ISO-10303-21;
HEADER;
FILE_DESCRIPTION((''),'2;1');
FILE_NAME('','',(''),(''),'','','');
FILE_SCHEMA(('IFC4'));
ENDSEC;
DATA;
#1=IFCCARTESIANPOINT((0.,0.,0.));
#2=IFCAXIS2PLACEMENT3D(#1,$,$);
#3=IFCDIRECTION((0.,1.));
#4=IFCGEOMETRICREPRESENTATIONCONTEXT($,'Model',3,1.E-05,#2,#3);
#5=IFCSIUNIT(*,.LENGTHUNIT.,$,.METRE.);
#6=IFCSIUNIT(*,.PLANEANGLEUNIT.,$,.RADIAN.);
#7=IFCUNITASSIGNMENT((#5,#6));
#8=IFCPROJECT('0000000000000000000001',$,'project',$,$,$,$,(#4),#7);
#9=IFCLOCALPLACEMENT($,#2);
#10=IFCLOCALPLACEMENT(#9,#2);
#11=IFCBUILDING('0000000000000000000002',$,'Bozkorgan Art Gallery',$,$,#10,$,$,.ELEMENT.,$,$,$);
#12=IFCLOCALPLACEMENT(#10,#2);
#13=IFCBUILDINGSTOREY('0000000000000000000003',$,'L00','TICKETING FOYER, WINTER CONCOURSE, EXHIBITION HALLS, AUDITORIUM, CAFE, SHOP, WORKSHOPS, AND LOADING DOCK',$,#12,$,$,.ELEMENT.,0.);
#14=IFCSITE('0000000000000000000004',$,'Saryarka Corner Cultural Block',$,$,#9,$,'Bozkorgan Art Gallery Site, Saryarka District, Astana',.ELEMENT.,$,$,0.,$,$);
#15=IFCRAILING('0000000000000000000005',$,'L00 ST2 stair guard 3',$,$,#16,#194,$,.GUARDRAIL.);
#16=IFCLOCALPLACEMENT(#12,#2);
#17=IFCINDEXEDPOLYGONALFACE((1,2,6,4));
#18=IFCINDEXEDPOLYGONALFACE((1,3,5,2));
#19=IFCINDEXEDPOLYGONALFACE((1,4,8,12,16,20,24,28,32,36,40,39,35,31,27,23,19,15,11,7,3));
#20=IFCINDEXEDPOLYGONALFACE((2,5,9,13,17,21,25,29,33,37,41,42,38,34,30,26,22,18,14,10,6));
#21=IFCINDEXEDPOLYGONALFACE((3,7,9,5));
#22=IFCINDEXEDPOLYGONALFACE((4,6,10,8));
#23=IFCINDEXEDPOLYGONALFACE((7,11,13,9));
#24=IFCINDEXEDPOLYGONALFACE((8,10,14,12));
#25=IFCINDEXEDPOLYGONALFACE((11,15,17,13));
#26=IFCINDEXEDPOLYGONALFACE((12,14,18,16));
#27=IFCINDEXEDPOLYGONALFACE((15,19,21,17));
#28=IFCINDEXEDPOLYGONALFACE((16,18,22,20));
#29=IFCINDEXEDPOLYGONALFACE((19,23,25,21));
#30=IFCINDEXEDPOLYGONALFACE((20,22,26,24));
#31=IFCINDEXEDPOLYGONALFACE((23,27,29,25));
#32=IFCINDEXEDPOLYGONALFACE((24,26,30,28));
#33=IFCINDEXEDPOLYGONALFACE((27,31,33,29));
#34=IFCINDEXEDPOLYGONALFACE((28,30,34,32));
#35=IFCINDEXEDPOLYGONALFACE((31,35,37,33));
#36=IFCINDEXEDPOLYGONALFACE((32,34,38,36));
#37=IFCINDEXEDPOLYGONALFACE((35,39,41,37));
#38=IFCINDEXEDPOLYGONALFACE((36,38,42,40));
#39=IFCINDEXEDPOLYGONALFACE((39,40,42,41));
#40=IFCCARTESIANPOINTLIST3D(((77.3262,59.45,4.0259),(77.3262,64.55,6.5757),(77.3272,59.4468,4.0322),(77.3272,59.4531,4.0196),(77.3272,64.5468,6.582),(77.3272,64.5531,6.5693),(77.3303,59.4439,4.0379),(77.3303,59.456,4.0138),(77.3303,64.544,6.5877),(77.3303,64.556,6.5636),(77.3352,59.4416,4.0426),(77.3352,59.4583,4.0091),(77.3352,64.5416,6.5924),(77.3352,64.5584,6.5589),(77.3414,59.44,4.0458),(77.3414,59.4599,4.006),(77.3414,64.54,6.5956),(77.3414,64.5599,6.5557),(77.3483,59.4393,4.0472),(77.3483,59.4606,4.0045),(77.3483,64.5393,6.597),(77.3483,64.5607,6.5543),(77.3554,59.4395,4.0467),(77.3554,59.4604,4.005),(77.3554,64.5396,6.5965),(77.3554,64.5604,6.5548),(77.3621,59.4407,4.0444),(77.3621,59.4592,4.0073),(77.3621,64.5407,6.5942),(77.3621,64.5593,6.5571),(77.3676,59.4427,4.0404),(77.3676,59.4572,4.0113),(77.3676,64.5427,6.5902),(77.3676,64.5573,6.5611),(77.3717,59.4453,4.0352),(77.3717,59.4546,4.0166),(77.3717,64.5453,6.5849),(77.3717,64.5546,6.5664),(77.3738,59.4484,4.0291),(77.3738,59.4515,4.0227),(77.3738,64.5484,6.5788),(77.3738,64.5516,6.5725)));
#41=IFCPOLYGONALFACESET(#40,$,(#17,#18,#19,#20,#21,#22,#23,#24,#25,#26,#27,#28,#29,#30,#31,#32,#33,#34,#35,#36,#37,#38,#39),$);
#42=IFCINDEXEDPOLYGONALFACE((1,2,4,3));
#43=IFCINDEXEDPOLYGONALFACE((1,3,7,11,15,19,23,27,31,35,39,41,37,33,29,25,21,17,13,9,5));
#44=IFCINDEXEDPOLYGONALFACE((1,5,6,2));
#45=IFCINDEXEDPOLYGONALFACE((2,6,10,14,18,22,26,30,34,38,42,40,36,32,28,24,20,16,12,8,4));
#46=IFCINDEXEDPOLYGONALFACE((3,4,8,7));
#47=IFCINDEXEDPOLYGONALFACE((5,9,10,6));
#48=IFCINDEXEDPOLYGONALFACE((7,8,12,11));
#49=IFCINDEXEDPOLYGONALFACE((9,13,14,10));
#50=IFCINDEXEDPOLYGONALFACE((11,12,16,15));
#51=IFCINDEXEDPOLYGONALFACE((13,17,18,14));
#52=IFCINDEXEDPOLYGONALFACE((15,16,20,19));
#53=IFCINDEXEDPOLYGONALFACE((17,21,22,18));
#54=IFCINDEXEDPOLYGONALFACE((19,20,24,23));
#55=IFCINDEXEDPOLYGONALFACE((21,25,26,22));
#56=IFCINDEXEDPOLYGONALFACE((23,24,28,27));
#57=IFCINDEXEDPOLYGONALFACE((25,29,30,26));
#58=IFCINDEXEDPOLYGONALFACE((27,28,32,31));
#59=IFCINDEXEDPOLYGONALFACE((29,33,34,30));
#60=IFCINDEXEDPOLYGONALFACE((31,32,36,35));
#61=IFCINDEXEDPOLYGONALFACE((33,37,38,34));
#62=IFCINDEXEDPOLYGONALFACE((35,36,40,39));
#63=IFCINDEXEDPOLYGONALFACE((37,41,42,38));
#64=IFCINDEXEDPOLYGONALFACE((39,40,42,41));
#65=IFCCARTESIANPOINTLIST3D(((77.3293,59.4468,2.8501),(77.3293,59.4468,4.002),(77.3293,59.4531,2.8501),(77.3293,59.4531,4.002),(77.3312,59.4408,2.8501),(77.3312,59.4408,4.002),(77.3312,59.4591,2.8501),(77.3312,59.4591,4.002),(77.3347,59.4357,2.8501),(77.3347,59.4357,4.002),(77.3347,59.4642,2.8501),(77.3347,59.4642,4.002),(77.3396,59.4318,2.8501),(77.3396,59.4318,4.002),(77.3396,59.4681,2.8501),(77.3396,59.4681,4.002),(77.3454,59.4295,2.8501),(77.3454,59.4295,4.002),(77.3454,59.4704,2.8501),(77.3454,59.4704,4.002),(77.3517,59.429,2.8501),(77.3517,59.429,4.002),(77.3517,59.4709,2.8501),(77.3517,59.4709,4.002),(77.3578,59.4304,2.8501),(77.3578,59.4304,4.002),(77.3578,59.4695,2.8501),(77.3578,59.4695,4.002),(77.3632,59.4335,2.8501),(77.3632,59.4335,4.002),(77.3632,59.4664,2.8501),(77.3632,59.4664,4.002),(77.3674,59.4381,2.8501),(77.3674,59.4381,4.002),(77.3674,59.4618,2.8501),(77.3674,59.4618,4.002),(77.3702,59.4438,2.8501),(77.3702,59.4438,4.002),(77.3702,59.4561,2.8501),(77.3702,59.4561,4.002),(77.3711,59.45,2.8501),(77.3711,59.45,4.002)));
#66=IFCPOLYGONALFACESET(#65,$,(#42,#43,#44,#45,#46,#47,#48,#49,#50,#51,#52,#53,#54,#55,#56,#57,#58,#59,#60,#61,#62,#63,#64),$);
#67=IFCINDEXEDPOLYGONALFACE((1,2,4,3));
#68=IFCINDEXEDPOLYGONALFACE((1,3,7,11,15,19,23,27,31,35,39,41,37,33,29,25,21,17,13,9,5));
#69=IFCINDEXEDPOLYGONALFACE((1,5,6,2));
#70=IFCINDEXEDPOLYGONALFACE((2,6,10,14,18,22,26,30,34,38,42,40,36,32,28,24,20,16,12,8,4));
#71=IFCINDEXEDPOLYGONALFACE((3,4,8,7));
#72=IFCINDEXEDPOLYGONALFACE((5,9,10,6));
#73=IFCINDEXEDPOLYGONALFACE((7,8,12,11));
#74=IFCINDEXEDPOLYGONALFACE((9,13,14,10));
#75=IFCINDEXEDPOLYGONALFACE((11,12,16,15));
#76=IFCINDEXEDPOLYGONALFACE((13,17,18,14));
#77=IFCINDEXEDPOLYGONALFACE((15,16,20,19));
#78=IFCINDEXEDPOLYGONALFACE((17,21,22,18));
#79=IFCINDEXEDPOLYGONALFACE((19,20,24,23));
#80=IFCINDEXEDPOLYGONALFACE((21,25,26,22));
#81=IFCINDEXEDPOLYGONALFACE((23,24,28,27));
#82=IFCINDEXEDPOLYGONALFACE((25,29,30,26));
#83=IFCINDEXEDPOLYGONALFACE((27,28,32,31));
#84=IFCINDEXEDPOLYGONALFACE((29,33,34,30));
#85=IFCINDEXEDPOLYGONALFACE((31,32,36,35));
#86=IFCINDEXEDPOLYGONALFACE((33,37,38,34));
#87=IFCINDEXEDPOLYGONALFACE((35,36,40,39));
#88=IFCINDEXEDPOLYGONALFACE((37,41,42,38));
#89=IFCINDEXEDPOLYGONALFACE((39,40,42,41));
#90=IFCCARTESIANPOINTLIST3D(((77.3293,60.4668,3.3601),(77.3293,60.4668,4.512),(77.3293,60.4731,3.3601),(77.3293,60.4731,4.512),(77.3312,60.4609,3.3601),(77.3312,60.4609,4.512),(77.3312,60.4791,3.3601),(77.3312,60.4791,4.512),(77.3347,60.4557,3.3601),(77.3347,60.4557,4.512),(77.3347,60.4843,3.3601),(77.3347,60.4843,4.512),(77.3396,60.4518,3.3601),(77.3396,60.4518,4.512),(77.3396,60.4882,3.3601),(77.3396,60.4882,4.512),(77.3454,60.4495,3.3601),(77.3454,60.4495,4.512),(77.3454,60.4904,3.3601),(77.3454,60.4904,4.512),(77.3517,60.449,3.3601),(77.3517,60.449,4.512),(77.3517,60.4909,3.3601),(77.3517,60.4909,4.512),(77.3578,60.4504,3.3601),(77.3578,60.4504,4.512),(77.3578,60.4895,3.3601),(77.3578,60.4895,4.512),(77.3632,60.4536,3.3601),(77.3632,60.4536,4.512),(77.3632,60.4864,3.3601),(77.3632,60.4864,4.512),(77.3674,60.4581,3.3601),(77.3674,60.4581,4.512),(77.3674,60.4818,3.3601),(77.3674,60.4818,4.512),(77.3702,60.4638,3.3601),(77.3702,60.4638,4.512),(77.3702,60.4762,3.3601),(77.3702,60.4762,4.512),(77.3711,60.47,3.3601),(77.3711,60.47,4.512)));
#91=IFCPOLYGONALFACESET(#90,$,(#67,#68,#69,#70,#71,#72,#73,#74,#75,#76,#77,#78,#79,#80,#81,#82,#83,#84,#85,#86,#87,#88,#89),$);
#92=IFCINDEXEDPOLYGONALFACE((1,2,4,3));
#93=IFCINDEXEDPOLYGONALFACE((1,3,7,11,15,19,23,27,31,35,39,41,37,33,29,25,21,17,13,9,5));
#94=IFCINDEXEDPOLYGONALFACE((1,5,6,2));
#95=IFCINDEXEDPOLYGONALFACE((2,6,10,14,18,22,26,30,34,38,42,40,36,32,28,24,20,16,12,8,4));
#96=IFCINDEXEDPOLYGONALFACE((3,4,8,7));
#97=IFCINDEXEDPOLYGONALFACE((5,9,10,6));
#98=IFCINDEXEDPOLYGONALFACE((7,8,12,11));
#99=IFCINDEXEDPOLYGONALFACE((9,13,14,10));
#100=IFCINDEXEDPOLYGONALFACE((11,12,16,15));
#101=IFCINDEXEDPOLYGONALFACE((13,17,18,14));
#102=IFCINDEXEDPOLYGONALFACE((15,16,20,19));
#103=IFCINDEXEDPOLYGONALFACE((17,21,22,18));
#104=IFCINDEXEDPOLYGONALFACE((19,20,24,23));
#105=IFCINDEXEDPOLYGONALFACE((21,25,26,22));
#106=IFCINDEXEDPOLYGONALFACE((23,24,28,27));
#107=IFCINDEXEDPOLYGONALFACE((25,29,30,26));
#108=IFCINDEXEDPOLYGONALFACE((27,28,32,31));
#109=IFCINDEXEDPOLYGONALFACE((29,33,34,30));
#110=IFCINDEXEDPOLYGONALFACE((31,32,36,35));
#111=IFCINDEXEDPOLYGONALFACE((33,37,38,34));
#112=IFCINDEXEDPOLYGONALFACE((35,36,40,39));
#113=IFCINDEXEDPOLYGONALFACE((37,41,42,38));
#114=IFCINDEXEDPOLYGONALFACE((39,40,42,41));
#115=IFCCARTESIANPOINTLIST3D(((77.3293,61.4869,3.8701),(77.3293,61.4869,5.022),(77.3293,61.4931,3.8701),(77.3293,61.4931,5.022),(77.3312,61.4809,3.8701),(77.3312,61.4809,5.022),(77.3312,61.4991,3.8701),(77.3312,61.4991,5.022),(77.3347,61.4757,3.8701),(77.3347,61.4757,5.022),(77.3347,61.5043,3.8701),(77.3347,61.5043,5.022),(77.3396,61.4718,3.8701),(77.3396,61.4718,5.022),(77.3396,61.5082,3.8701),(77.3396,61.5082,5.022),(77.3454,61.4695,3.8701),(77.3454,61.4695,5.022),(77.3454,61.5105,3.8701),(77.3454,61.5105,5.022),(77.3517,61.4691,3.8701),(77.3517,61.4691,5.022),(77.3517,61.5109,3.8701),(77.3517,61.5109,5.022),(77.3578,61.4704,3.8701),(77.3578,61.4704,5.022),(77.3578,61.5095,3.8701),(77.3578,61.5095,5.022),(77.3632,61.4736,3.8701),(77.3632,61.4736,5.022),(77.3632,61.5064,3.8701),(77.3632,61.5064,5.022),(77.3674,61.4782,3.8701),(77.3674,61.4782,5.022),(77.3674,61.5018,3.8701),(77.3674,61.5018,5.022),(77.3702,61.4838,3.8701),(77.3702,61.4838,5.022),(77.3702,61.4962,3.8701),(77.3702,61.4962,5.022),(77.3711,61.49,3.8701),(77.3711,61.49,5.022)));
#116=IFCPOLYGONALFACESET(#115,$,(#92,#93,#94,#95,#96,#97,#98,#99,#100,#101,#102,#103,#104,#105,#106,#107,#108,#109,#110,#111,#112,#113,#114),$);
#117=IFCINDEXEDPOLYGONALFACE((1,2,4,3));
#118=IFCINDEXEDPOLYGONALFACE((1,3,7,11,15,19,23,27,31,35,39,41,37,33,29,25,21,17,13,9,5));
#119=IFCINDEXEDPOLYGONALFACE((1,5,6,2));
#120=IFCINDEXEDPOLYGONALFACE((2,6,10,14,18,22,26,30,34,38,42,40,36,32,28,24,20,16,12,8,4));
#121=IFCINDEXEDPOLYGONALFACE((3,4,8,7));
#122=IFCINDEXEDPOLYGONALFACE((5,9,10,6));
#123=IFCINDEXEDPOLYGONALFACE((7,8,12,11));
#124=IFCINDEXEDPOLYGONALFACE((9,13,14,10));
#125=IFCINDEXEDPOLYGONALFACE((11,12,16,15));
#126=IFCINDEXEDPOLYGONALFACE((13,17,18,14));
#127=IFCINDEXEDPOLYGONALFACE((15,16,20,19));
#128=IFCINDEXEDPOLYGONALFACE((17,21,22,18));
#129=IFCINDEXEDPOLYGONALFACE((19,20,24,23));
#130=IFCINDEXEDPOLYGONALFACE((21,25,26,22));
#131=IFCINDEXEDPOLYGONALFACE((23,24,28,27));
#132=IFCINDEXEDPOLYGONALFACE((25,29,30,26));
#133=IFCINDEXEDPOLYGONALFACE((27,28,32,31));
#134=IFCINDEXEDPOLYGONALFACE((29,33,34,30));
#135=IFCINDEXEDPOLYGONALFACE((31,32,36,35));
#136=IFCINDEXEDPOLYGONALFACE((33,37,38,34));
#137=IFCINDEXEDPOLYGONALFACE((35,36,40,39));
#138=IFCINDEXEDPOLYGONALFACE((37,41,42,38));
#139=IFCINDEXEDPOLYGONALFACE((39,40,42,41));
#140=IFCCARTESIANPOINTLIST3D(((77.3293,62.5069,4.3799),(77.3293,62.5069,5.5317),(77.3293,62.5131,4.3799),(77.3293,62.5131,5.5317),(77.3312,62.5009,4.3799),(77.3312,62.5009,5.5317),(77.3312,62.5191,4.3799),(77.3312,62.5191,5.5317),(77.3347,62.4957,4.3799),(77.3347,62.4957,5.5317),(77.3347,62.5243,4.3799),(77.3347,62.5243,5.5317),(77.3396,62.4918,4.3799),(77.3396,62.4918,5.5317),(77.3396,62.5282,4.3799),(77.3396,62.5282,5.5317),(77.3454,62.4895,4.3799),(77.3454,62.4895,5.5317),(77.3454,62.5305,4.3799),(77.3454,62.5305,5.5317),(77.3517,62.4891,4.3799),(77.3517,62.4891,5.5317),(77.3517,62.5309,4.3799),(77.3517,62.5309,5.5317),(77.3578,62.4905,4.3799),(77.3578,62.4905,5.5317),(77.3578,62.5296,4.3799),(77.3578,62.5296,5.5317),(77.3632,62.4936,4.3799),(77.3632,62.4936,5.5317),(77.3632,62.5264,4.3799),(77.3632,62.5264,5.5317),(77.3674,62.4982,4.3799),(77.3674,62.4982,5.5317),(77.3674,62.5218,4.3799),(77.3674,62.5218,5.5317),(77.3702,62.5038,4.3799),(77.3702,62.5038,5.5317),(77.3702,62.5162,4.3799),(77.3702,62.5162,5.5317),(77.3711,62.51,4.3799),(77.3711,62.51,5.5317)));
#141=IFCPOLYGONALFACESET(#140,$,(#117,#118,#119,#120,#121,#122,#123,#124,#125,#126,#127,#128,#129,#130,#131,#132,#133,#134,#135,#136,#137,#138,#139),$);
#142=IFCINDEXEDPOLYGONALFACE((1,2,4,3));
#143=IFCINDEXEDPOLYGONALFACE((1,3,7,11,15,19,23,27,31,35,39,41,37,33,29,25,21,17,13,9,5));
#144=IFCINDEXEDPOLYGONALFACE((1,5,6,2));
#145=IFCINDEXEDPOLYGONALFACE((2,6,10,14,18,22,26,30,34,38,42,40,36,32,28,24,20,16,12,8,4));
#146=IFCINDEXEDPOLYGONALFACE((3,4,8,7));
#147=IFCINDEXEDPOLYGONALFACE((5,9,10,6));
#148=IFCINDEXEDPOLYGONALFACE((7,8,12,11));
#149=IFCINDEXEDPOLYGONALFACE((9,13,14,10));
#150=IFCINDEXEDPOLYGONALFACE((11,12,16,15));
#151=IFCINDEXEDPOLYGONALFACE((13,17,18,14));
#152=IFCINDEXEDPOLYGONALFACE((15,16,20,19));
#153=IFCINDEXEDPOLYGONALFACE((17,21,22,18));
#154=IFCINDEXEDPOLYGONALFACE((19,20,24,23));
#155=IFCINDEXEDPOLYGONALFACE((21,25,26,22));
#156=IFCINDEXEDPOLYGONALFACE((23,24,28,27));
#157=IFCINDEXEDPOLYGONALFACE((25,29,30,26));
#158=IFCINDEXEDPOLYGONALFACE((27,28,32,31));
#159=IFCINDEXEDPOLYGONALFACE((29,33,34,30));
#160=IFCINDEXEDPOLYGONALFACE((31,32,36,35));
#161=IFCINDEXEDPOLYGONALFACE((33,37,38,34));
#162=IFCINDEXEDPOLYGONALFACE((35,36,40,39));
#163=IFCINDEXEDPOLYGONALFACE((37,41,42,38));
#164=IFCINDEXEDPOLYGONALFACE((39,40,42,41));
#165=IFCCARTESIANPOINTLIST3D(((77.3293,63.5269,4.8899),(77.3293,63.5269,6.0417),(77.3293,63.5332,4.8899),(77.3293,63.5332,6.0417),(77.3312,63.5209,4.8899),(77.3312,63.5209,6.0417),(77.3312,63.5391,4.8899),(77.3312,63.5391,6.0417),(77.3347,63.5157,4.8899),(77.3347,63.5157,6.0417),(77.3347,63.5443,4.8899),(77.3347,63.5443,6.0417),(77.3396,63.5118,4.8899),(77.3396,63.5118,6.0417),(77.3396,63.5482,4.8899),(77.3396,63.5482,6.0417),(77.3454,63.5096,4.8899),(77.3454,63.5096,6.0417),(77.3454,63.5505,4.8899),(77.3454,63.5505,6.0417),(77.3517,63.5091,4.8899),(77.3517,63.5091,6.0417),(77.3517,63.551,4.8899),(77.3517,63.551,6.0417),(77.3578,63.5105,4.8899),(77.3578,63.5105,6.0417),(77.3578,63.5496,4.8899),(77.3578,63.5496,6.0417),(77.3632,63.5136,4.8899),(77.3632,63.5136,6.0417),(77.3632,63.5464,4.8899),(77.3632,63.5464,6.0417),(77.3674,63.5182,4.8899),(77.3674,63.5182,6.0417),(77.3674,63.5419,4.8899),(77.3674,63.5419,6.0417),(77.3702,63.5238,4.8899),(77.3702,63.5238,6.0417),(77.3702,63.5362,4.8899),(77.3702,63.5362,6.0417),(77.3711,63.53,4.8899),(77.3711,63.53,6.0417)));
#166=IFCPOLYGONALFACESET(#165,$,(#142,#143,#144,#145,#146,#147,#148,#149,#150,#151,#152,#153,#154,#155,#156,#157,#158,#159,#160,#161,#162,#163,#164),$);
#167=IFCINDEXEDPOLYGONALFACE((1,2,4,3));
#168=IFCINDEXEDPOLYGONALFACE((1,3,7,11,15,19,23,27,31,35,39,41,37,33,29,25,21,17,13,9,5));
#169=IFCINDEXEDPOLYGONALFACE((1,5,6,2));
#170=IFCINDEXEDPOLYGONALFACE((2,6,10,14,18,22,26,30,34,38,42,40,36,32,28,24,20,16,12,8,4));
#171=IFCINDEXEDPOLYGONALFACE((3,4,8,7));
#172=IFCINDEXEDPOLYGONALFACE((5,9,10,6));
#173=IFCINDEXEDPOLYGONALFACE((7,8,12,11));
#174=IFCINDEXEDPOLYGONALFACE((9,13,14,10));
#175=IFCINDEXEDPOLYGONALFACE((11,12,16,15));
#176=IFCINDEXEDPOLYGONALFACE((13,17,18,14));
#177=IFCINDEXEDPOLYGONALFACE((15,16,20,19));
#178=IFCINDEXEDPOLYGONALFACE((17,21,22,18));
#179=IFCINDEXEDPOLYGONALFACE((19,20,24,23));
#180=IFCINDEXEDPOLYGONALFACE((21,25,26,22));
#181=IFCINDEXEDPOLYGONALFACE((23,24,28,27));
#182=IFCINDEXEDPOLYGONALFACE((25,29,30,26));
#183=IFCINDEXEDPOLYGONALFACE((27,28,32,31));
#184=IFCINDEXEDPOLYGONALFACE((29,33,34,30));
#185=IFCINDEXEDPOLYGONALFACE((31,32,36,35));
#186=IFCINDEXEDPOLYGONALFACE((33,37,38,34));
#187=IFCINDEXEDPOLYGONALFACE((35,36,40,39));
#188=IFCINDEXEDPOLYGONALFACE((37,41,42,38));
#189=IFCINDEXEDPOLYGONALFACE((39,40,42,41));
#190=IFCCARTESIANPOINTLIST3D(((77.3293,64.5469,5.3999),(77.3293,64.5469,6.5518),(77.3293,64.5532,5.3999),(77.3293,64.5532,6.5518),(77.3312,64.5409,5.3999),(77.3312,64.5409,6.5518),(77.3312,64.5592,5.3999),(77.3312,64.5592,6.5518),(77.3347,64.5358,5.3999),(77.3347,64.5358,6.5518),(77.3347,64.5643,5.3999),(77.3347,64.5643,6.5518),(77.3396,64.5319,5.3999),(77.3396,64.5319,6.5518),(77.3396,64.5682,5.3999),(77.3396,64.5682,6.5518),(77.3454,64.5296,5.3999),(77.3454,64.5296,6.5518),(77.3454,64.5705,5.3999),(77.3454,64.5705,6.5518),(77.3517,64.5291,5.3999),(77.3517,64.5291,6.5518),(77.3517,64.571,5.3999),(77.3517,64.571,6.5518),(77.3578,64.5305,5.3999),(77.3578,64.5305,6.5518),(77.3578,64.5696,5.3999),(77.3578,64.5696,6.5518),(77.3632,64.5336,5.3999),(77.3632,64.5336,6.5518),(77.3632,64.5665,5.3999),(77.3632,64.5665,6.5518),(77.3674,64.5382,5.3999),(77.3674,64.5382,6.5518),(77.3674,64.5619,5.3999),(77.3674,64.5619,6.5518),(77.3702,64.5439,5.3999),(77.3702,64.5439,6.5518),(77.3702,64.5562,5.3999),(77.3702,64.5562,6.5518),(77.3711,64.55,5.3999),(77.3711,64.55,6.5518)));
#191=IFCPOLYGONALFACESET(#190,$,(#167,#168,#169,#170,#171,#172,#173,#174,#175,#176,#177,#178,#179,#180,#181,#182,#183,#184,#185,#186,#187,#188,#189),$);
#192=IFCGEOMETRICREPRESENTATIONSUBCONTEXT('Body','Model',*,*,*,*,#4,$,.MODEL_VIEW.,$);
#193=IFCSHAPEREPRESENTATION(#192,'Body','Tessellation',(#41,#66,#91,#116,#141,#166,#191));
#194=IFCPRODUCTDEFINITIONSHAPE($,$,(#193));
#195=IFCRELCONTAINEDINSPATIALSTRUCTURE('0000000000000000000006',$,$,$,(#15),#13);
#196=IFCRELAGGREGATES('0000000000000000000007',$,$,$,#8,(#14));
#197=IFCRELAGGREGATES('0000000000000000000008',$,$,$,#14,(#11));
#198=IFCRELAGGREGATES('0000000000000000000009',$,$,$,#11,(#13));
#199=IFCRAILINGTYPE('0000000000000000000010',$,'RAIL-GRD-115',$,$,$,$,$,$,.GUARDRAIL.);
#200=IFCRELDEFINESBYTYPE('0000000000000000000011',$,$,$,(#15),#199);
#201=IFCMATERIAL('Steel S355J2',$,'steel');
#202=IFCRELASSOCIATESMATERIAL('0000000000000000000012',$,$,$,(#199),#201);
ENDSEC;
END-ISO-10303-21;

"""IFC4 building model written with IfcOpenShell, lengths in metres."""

from ifc_helpers import new_model, si_unit, direction, frame, origin, origin_2d, place, context, subcontext, project, spatial, circle, extrude, material, type_object, element, save


model = new_model("IFC4")

# Units and contexts
model_context = context("Model", 3, precision=1e-05, world=origin(), true_north=direction((0.0, 1.0)))
body_context = subcontext(model_context, "Body", "Model", "MODEL_VIEW")
ifc_project = project(units=[si_unit("LENGTHUNIT", "METRE"), si_unit("PLANEANGLEUNIT", "RADIAN")], contexts=[model_context])

# Site, building, storey
site_placement = place(None, origin())
site = spatial("IfcSite", under=ifc_project, at=site_placement, Name="Saryarka Corner Cultural Block", LongName="Bozkorgan Art Gallery Site, Saryarka District, Astana", CompositionType="ELEMENT", RefElevation=0.0)
building_placement = place(site_placement, origin())
building = spatial("IfcBuilding", under=site, at=building_placement, Name="Bozkorgan Art Gallery", CompositionType="ELEMENT")
storey_placement = place(building_placement, origin())
storey = spatial("IfcBuildingStorey", under=building, at=storey_placement, Name="L00", Description="TICKETING FOYER, WINTER CONCOURSE, EXHIBITION HALLS, AUDITORIUM, CAFE, SHOP, WORKSHOPS, AND LOADING DOCK", CompositionType="ELEMENT", Elevation=0.0)

# Shared definitions
ifc_material_1 = material(Name="Steel S355J2", Category="steel")

# Railing
railing_type_1 = type_object("IfcRailingType", Name="RAIL-GRD-115", PredefinedType="GUARDRAIL", material=ifc_material_1)
railing_1_placement = place(storey_placement, frame((77.3501, 59.45, 2.8501)))
element("IfcRailing", 1, at=railing_1_placement, inside=storey, type_object=railing_type_1, Name="L00 ST2 stair guard 3", PredefinedType="GUARDRAIL", context=body_context, shape_type="SweptSolid", body=[
    extrude(circle(Radius=0.0239, at=origin_2d()), frame((0.0, 0.0, 1.1758), z_axis=(0.0, 0.894444, 0.447179), x_axis=(-1.0, 0.0, 0.0)), (0.0, 0.0, 1.0), 5.7019),
    extrude(circle(Radius=0.021, at=origin_2d()), origin(), (0.0, 0.0, 1.0), 1.1519),
    extrude(circle(Radius=0.021, at=origin_2d()), frame((0.0, 1.02, 0.51)), (0.0, 0.0, 1.0), 1.1519),
    extrude(circle(Radius=0.021, at=origin_2d()), frame((0.0, 2.04, 1.02)), (0.0, 0.0, 1.0), 1.1519),
    extrude(circle(Radius=0.021, at=origin_2d()), frame((0.0, 3.0601, 1.5298)), (0.0, 0.0, 1.0), 1.1519),
    extrude(circle(Radius=0.021, at=origin_2d()), frame((0.0, 4.0801, 2.0398)), (0.0, 0.0, 1.0), 1.1519),
    extrude(circle(Radius=0.021, at=origin_2d()), frame((0.0, 5.1001, 2.5498)), (0.0, 0.0, 1.0), 1.1519),
])

save(model, "model.ifc")
